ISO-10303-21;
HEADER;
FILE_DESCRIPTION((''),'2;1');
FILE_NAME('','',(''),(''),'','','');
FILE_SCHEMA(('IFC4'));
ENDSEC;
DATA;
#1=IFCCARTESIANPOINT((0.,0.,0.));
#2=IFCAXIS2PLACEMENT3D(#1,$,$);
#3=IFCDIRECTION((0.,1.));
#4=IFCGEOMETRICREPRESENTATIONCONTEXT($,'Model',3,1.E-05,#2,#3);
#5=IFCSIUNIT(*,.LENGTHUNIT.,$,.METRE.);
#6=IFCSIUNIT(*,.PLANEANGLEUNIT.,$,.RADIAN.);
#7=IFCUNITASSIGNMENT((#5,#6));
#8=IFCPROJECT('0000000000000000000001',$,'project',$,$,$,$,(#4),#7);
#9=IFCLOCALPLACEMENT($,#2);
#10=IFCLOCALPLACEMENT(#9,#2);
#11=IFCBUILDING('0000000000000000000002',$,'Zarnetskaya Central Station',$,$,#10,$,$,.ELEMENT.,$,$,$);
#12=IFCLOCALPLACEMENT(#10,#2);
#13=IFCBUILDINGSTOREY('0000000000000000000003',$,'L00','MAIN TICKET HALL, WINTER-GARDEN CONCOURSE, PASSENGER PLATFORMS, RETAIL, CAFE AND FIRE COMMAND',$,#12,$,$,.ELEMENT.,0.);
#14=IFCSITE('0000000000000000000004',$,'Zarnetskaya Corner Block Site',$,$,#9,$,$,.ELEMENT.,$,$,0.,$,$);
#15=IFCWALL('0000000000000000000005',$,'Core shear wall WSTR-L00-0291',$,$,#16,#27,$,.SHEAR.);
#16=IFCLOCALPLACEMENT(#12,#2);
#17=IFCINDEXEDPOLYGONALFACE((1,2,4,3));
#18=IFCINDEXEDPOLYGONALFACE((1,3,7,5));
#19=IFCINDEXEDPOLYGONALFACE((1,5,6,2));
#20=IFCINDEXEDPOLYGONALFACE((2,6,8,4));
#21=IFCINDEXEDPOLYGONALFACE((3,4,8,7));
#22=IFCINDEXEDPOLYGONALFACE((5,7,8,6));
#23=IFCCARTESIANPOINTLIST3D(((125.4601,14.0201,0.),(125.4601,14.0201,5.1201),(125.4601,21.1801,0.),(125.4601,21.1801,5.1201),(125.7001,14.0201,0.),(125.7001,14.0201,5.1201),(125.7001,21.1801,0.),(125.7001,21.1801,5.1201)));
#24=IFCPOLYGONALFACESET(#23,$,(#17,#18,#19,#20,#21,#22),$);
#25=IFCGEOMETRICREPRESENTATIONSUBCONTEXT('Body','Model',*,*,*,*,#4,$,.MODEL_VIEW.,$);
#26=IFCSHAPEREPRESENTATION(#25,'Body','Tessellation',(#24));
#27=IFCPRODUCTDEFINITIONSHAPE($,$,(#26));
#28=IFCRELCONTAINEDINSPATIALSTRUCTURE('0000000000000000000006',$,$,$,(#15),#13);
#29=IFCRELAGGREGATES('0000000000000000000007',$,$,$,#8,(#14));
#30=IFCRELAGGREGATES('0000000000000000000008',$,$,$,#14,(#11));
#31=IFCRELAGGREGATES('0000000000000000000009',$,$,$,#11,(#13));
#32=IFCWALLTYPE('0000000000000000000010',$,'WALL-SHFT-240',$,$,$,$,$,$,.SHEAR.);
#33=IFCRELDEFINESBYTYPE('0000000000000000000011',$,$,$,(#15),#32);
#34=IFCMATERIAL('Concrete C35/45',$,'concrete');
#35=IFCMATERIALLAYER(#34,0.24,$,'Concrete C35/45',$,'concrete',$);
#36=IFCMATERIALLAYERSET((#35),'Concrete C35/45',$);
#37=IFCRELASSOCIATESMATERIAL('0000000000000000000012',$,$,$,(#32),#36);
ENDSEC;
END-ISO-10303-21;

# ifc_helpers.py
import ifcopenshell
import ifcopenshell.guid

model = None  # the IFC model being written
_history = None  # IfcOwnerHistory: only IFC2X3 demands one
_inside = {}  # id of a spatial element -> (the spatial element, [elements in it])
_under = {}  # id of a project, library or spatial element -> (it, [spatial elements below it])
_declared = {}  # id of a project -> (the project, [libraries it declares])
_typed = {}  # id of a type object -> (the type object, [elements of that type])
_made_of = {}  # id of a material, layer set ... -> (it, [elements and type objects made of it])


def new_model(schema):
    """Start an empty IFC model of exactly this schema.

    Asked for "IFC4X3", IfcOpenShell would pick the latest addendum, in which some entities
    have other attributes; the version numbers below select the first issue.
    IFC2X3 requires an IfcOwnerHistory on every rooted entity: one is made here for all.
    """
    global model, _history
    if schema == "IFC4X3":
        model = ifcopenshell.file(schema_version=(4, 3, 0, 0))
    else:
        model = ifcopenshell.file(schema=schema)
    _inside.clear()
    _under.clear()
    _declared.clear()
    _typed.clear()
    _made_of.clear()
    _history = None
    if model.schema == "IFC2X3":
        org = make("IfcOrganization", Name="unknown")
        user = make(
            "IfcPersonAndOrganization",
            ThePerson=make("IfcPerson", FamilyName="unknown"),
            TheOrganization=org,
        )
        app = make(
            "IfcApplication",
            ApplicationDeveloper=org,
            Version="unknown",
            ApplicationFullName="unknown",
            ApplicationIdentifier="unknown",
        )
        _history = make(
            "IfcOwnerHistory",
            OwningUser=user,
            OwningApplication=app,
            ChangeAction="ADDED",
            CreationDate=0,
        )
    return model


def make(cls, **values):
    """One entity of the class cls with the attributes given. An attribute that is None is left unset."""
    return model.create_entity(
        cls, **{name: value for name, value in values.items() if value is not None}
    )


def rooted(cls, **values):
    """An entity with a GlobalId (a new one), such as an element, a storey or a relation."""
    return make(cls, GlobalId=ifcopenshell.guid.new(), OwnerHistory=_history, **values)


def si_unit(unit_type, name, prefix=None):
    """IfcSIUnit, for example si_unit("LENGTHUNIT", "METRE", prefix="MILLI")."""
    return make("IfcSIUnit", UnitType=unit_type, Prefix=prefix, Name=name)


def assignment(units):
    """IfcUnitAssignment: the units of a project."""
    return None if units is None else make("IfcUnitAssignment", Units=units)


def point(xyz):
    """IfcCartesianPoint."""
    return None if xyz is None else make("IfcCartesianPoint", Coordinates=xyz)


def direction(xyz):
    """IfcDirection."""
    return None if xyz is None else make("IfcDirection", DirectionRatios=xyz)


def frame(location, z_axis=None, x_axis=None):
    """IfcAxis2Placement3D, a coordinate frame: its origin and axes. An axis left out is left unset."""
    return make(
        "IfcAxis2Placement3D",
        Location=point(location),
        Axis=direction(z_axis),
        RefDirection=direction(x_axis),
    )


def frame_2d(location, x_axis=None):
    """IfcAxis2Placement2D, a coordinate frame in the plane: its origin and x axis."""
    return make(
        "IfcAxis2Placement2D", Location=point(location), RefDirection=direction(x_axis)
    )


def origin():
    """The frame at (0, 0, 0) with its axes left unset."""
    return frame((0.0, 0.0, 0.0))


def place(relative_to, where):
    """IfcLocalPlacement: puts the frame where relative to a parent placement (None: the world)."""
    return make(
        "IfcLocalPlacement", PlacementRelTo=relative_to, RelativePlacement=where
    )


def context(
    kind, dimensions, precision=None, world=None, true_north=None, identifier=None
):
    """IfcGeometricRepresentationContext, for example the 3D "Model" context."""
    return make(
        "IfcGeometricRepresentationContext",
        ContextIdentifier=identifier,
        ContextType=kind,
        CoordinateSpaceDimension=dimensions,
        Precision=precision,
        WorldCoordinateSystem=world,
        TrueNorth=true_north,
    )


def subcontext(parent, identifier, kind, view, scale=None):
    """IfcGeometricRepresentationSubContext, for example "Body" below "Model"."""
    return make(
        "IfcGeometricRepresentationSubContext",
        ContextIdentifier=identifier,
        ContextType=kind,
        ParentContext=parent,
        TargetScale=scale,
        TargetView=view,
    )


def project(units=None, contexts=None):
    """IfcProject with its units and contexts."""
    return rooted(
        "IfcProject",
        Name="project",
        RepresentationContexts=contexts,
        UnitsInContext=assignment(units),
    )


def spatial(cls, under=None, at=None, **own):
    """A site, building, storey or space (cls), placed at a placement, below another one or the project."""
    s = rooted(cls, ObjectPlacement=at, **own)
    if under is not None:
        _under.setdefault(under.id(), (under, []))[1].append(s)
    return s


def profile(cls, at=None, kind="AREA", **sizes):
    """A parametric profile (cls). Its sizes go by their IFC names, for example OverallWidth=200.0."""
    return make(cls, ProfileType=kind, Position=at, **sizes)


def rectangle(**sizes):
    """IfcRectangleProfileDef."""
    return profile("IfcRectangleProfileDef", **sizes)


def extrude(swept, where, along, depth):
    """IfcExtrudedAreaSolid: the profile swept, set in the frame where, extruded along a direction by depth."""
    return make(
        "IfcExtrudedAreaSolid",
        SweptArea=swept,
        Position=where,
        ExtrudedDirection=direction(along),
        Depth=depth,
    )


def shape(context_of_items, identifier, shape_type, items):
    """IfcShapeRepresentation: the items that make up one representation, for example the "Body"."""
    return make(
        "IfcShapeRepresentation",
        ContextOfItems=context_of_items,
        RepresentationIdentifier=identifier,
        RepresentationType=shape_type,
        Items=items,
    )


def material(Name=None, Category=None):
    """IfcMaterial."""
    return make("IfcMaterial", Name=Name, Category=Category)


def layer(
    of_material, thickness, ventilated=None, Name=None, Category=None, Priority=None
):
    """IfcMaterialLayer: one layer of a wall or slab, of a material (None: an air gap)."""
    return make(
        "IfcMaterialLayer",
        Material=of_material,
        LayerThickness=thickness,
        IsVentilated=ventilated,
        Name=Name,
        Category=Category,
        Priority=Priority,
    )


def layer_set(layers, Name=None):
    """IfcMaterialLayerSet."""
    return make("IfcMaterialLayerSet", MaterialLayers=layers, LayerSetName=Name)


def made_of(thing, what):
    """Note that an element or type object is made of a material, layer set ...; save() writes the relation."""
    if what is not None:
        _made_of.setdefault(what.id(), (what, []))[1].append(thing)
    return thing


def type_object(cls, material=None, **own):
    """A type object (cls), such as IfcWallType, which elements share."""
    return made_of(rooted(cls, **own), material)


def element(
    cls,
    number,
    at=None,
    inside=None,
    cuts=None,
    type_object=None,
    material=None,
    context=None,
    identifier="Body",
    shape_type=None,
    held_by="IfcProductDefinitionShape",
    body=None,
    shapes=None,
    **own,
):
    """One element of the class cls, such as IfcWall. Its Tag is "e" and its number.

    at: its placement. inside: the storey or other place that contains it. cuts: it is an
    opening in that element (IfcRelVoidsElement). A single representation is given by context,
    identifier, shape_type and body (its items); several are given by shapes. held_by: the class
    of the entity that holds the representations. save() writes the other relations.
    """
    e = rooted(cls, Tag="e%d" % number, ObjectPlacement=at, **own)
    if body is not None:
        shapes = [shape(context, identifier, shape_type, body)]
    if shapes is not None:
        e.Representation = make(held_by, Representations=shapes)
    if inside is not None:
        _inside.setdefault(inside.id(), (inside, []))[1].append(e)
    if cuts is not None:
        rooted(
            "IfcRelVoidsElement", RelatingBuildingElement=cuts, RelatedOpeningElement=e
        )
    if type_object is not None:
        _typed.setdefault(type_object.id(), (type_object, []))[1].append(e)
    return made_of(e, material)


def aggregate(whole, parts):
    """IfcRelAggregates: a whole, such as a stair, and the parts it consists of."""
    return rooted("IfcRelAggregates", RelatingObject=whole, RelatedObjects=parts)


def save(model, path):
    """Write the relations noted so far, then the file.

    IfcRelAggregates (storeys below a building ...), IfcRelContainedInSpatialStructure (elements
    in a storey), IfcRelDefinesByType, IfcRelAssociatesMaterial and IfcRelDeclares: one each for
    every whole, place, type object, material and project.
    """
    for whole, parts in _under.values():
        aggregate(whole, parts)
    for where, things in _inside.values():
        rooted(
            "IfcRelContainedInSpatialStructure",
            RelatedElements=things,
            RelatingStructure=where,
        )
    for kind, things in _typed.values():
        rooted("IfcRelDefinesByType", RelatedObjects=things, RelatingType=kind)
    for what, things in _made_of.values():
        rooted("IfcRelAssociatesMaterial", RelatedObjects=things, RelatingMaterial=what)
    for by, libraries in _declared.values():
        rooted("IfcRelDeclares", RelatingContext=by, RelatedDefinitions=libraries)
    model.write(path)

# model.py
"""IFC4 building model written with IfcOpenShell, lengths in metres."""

from ifc_helpers import new_model, si_unit, direction, frame, frame_2d, origin, place, context, subcontext, project, spatial, rectangle, extrude, material, layer, layer_set, type_object, element, save


model = new_model("IFC4")

# Units and contexts
model_context = context("Model", 3, precision=1e-05, world=origin(), true_north=direction((0.0, 1.0)))
body_context = subcontext(model_context, "Body", "Model", "MODEL_VIEW")
ifc_project = project(units=[si_unit("LENGTHUNIT", "METRE"), si_unit("PLANEANGLEUNIT", "RADIAN")], contexts=[model_context])

# Site, building, storey
site_placement = place(None, origin())
site = spatial("IfcSite", under=ifc_project, at=site_placement, Name="Zarnetskaya Corner Block Site", CompositionType="ELEMENT", RefElevation=0.0)
building_placement = place(site_placement, origin())
building = spatial("IfcBuilding", under=site, at=building_placement, Name="Zarnetskaya Central Station", CompositionType="ELEMENT")
storey_placement = place(building_placement, origin())
storey = spatial("IfcBuildingStorey", under=building, at=storey_placement, Name="L00", Description="MAIN TICKET HALL, WINTER-GARDEN CONCOURSE, PASSENGER PLATFORMS, RETAIL, CAFE AND FIRE COMMAND", CompositionType="ELEMENT", Elevation=0.0)

# Shared definitions
ifc_material_1 = material(Name="Concrete C35/45", Category="concrete")
ifc_layer_1 = layer(ifc_material_1, 0.24, Name="Concrete C35/45", Category="concrete")
ifc_layer_set_1 = layer_set([ifc_layer_1], Name="Concrete C35/45")
wall_type_1 = type_object("IfcWallType", Name="WALL-SHFT-240", PredefinedType="SHEAR", material=ifc_layer_set_1)

# Wall
wall_1_placement = place(storey_placement, frame((125.5801, 14.02, 0.0), z_axis=(0.0, 0.0, 1.0), x_axis=(0.0, 1.0, 0.0)))
element("IfcWall", 1, at=wall_1_placement, inside=storey, type_object=wall_type_1, Name="Core shear wall WSTR-L00-0291", PredefinedType="SHEAR", context=body_context, shape_type="SweptSolid", body=[
    extrude(rectangle(XDim=7.1599, YDim=0.24, at=frame_2d((3.5801, 0.0))), origin(), (0.0, 0.0, 1.0), 5.1201),
])

save(model, "model.ifc")
